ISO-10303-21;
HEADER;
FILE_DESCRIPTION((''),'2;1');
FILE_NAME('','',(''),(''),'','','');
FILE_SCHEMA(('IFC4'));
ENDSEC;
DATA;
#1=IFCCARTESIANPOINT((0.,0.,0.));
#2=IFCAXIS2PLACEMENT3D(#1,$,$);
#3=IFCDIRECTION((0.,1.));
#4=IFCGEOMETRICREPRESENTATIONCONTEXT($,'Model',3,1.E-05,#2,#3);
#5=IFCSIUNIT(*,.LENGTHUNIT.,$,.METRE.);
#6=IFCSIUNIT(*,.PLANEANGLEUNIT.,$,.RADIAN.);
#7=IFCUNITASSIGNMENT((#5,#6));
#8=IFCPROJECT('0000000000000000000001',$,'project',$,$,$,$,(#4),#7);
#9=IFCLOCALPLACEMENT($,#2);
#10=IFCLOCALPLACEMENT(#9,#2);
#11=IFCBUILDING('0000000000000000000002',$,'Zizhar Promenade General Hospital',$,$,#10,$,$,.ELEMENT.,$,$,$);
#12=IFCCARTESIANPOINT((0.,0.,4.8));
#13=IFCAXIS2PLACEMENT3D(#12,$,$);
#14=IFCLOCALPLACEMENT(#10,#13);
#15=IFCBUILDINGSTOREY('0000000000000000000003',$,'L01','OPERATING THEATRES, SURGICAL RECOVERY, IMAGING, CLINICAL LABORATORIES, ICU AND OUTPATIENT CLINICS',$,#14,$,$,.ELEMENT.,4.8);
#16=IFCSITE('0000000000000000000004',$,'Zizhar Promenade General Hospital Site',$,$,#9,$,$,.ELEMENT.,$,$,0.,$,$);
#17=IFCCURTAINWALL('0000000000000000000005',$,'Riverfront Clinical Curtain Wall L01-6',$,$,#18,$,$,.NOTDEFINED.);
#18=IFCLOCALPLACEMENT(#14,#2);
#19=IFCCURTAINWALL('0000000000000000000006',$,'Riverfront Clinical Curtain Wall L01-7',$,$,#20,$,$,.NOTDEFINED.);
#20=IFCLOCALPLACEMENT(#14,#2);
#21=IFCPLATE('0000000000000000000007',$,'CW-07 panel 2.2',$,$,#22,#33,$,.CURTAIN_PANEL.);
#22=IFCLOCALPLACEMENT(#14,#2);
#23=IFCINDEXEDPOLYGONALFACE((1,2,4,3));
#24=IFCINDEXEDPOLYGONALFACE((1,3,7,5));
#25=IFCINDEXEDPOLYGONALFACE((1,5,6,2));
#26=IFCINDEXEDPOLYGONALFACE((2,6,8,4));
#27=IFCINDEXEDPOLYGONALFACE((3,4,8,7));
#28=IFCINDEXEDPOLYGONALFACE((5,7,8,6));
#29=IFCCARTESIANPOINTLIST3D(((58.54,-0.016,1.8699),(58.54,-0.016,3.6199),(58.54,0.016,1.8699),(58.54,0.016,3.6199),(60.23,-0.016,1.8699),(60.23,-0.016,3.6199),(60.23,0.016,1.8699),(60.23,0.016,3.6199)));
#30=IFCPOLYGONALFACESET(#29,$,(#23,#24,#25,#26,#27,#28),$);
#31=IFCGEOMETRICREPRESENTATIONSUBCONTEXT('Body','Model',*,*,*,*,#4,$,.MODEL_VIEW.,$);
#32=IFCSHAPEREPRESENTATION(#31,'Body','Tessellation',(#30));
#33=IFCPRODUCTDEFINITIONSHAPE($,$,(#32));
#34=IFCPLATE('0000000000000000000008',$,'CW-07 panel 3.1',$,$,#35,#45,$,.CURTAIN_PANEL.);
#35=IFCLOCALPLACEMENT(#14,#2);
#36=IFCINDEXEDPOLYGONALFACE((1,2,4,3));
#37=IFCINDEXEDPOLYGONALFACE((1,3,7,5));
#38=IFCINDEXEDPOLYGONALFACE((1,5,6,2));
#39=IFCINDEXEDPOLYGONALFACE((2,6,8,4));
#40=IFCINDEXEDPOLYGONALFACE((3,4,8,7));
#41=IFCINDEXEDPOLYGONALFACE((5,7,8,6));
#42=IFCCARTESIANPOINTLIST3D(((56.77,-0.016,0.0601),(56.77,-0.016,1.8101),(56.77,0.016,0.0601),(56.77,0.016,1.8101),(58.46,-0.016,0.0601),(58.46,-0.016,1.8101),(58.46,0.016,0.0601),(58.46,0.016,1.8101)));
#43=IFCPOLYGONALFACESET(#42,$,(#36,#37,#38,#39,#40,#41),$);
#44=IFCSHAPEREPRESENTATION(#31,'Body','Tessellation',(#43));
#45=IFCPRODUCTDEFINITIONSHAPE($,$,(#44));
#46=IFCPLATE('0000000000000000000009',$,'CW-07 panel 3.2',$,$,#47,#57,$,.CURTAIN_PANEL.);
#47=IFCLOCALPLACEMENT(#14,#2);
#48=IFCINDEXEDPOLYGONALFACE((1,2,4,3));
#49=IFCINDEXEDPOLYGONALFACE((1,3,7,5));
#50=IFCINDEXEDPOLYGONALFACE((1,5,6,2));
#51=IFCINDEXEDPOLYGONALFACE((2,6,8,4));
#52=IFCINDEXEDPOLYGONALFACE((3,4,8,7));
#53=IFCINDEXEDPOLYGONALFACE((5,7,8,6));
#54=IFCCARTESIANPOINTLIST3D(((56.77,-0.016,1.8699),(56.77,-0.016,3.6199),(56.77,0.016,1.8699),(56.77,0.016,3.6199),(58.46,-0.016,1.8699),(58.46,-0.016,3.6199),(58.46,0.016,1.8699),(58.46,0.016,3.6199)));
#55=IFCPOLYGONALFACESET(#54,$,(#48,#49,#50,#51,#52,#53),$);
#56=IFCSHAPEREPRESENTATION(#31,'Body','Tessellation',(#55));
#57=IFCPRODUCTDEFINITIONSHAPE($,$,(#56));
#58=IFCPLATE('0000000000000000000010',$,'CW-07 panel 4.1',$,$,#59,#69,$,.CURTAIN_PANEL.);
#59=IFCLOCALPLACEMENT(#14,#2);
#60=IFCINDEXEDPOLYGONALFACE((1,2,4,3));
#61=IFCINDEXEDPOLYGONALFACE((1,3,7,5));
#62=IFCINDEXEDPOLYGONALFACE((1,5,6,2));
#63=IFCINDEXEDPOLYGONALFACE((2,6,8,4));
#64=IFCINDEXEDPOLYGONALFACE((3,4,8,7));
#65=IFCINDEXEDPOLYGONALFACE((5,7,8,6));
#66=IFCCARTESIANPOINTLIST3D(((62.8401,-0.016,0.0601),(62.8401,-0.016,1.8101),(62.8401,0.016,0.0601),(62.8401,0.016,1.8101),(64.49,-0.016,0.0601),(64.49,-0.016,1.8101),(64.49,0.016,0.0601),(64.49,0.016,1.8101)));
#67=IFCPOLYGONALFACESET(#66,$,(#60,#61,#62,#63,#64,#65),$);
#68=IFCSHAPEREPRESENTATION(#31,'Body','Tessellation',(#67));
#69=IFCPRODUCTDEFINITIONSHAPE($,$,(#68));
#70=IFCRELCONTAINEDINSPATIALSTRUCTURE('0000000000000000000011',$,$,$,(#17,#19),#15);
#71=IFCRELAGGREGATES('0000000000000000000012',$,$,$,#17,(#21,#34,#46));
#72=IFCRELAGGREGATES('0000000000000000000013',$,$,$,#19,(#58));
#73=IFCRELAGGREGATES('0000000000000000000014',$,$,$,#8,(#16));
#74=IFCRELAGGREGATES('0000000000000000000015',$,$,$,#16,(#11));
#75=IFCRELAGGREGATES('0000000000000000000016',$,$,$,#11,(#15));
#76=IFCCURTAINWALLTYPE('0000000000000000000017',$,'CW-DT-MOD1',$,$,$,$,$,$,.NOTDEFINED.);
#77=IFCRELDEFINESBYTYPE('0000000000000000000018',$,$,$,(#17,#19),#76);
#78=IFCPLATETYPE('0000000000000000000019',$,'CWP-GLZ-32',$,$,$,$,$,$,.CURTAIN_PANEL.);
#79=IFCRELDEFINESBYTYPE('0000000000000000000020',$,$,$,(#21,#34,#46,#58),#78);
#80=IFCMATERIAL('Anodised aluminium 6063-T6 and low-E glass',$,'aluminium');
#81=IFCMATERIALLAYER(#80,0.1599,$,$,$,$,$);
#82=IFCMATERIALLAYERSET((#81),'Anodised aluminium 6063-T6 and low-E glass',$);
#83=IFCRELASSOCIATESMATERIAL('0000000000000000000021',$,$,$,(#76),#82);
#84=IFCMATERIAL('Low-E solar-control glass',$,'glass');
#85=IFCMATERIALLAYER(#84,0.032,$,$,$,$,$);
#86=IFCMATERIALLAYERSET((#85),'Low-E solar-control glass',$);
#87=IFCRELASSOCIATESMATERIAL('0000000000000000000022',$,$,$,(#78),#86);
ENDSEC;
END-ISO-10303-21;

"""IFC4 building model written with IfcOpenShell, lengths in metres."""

from ifc_helpers import new_model, si_unit, direction, frame, origin, origin_2d, place, context, subcontext, project, spatial, rectangle, extrude, material, layer, layer_set, type_object, element, aggregate, save


model = new_model("IFC4")

# Units and contexts
model_context = context("Model", 3, precision=1e-05, world=origin(), true_north=direction((0.0, 1.0)))
body_context = subcontext(model_context, "Body", "Model", "MODEL_VIEW")
ifc_project = project(units=[si_unit("LENGTHUNIT", "METRE"), si_unit("PLANEANGLEUNIT", "RADIAN")], contexts=[model_context])

# Site, building, storey
site_placement = place(None, origin())
site = spatial("IfcSite", under=ifc_project, at=site_placement, Name="Zizhar Promenade General Hospital Site", CompositionType="ELEMENT", RefElevation=0.0)
building_placement = place(site_placement, origin())
building = spatial("IfcBuilding", under=site, at=building_placement, Name="Zizhar Promenade General Hospital", CompositionType="ELEMENT")
storey_placement = place(building_placement, frame((0.0, 0.0, 4.8)))
storey = spatial("IfcBuildingStorey", under=building, at=storey_placement, Name="L01", Description="OPERATING THEATRES, SURGICAL RECOVERY, IMAGING, CLINICAL LABORATORIES, ICU AND OUTPATIENT CLINICS", CompositionType="ELEMENT", Elevation=4.8)

# Curtain wall
ifc_material_1 = material(Name="Anodised aluminium 6063-T6 and low-E glass", Category="aluminium")
ifc_layer_1 = layer(ifc_material_1, 0.1599)
ifc_layer_set_1 = layer_set([ifc_layer_1], Name="Anodised aluminium 6063-T6 and low-E glass")
curtain_wall_type = type_object("IfcCurtainWallType", Name="CW-DT-MOD1", PredefinedType="NOTDEFINED", material=ifc_layer_set_1)
curtain_wall_1_placement = place(storey_placement, origin())
curtain_wall_1 = element("IfcCurtainWall", 1, at=curtain_wall_1_placement, inside=storey, type_object=curtain_wall_type, Name="Riverfront Clinical Curtain Wall L01-6", PredefinedType="NOTDEFINED")

# Curtain wall
curtain_wall_2_placement = place(storey_placement, origin())
curtain_wall_2 = element("IfcCurtainWall", 2, at=curtain_wall_2_placement, inside=storey, type_object=curtain_wall_type, Name="Riverfront Clinical Curtain Wall L01-7", PredefinedType="NOTDEFINED")

# Plates
ifc_material_2 = material(Name="Low-E solar-control glass", Category="glass")
ifc_layer_2 = layer(ifc_material_2, 0.032)
ifc_layer_set_2 = layer_set([ifc_layer_2], Name="Low-E solar-control glass")
plate_type = type_object("IfcPlateType", Name="CWP-GLZ-32", PredefinedType="CURTAIN_PANEL", material=ifc_layer_set_2)
plate_1_placement = place(storey_placement, frame((59.385, 0.0, 1.8699), z_axis=(0.0, 0.0, 1.0), x_axis=(-1.0, 0.0, 0.0)))
plate_1 = element("IfcPlate", 3, at=plate_1_placement, type_object=plate_type, Name="CW-07 panel 2.2", PredefinedType="CURTAIN_PANEL", context=body_context, shape_type="SweptSolid", body=[
    extrude(rectangle(XDim=1.6899, YDim=0.032, at=origin_2d()), origin(), (0.0, 0.0, 1.0), 1.75),
])
plate_2_placement = place(storey_placement, frame((57.615, 0.0, 0.0601), z_axis=(0.0, 0.0, 1.0), x_axis=(-1.0, 0.0, 0.0)))
plate_2 = element("IfcPlate", 4, at=plate_2_placement, type_object=plate_type, Name="CW-07 panel 3.1", PredefinedType="CURTAIN_PANEL", context=body_context, shape_type="SweptSolid", body=[
    extrude(rectangle(XDim=1.6899, YDim=0.032, at=origin_2d()), origin(), (0.0, 0.0, 1.0), 1.75),
])
plate_3_placement = place(storey_placement, frame((57.615, 0.0, 1.8699), z_axis=(0.0, 0.0, 1.0), x_axis=(-1.0, 0.0, 0.0)))
plate_3 = element("IfcPlate", 5, at=plate_3_placement, type_object=plate_type, Name="CW-07 panel 3.2", PredefinedType="CURTAIN_PANEL", context=body_context, shape_type="SweptSolid", body=[
    extrude(rectangle(XDim=1.6899, YDim=0.032, at=origin_2d()), origin(), (0.0, 0.0, 1.0), 1.75),
])
aggregate(curtain_wall_1, [plate_1, plate_2, plate_3])
plate_4_placement = place(storey_placement, frame((63.665, 0.0, 0.0601), z_axis=(0.0, 0.0, 1.0), x_axis=(-1.0, 0.0, 0.0)))
plate_4 = element("IfcPlate", 6, at=plate_4_placement, type_object=plate_type, Name="CW-07 panel 4.1", PredefinedType="CURTAIN_PANEL", context=body_context, shape_type="SweptSolid", body=[
    extrude(rectangle(XDim=1.6499, YDim=0.032, at=origin_2d()), origin(), (0.0, 0.0, 1.0), 1.75),
])
aggregate(curtain_wall_2, [plate_4])

save(model, "model.ifc")
